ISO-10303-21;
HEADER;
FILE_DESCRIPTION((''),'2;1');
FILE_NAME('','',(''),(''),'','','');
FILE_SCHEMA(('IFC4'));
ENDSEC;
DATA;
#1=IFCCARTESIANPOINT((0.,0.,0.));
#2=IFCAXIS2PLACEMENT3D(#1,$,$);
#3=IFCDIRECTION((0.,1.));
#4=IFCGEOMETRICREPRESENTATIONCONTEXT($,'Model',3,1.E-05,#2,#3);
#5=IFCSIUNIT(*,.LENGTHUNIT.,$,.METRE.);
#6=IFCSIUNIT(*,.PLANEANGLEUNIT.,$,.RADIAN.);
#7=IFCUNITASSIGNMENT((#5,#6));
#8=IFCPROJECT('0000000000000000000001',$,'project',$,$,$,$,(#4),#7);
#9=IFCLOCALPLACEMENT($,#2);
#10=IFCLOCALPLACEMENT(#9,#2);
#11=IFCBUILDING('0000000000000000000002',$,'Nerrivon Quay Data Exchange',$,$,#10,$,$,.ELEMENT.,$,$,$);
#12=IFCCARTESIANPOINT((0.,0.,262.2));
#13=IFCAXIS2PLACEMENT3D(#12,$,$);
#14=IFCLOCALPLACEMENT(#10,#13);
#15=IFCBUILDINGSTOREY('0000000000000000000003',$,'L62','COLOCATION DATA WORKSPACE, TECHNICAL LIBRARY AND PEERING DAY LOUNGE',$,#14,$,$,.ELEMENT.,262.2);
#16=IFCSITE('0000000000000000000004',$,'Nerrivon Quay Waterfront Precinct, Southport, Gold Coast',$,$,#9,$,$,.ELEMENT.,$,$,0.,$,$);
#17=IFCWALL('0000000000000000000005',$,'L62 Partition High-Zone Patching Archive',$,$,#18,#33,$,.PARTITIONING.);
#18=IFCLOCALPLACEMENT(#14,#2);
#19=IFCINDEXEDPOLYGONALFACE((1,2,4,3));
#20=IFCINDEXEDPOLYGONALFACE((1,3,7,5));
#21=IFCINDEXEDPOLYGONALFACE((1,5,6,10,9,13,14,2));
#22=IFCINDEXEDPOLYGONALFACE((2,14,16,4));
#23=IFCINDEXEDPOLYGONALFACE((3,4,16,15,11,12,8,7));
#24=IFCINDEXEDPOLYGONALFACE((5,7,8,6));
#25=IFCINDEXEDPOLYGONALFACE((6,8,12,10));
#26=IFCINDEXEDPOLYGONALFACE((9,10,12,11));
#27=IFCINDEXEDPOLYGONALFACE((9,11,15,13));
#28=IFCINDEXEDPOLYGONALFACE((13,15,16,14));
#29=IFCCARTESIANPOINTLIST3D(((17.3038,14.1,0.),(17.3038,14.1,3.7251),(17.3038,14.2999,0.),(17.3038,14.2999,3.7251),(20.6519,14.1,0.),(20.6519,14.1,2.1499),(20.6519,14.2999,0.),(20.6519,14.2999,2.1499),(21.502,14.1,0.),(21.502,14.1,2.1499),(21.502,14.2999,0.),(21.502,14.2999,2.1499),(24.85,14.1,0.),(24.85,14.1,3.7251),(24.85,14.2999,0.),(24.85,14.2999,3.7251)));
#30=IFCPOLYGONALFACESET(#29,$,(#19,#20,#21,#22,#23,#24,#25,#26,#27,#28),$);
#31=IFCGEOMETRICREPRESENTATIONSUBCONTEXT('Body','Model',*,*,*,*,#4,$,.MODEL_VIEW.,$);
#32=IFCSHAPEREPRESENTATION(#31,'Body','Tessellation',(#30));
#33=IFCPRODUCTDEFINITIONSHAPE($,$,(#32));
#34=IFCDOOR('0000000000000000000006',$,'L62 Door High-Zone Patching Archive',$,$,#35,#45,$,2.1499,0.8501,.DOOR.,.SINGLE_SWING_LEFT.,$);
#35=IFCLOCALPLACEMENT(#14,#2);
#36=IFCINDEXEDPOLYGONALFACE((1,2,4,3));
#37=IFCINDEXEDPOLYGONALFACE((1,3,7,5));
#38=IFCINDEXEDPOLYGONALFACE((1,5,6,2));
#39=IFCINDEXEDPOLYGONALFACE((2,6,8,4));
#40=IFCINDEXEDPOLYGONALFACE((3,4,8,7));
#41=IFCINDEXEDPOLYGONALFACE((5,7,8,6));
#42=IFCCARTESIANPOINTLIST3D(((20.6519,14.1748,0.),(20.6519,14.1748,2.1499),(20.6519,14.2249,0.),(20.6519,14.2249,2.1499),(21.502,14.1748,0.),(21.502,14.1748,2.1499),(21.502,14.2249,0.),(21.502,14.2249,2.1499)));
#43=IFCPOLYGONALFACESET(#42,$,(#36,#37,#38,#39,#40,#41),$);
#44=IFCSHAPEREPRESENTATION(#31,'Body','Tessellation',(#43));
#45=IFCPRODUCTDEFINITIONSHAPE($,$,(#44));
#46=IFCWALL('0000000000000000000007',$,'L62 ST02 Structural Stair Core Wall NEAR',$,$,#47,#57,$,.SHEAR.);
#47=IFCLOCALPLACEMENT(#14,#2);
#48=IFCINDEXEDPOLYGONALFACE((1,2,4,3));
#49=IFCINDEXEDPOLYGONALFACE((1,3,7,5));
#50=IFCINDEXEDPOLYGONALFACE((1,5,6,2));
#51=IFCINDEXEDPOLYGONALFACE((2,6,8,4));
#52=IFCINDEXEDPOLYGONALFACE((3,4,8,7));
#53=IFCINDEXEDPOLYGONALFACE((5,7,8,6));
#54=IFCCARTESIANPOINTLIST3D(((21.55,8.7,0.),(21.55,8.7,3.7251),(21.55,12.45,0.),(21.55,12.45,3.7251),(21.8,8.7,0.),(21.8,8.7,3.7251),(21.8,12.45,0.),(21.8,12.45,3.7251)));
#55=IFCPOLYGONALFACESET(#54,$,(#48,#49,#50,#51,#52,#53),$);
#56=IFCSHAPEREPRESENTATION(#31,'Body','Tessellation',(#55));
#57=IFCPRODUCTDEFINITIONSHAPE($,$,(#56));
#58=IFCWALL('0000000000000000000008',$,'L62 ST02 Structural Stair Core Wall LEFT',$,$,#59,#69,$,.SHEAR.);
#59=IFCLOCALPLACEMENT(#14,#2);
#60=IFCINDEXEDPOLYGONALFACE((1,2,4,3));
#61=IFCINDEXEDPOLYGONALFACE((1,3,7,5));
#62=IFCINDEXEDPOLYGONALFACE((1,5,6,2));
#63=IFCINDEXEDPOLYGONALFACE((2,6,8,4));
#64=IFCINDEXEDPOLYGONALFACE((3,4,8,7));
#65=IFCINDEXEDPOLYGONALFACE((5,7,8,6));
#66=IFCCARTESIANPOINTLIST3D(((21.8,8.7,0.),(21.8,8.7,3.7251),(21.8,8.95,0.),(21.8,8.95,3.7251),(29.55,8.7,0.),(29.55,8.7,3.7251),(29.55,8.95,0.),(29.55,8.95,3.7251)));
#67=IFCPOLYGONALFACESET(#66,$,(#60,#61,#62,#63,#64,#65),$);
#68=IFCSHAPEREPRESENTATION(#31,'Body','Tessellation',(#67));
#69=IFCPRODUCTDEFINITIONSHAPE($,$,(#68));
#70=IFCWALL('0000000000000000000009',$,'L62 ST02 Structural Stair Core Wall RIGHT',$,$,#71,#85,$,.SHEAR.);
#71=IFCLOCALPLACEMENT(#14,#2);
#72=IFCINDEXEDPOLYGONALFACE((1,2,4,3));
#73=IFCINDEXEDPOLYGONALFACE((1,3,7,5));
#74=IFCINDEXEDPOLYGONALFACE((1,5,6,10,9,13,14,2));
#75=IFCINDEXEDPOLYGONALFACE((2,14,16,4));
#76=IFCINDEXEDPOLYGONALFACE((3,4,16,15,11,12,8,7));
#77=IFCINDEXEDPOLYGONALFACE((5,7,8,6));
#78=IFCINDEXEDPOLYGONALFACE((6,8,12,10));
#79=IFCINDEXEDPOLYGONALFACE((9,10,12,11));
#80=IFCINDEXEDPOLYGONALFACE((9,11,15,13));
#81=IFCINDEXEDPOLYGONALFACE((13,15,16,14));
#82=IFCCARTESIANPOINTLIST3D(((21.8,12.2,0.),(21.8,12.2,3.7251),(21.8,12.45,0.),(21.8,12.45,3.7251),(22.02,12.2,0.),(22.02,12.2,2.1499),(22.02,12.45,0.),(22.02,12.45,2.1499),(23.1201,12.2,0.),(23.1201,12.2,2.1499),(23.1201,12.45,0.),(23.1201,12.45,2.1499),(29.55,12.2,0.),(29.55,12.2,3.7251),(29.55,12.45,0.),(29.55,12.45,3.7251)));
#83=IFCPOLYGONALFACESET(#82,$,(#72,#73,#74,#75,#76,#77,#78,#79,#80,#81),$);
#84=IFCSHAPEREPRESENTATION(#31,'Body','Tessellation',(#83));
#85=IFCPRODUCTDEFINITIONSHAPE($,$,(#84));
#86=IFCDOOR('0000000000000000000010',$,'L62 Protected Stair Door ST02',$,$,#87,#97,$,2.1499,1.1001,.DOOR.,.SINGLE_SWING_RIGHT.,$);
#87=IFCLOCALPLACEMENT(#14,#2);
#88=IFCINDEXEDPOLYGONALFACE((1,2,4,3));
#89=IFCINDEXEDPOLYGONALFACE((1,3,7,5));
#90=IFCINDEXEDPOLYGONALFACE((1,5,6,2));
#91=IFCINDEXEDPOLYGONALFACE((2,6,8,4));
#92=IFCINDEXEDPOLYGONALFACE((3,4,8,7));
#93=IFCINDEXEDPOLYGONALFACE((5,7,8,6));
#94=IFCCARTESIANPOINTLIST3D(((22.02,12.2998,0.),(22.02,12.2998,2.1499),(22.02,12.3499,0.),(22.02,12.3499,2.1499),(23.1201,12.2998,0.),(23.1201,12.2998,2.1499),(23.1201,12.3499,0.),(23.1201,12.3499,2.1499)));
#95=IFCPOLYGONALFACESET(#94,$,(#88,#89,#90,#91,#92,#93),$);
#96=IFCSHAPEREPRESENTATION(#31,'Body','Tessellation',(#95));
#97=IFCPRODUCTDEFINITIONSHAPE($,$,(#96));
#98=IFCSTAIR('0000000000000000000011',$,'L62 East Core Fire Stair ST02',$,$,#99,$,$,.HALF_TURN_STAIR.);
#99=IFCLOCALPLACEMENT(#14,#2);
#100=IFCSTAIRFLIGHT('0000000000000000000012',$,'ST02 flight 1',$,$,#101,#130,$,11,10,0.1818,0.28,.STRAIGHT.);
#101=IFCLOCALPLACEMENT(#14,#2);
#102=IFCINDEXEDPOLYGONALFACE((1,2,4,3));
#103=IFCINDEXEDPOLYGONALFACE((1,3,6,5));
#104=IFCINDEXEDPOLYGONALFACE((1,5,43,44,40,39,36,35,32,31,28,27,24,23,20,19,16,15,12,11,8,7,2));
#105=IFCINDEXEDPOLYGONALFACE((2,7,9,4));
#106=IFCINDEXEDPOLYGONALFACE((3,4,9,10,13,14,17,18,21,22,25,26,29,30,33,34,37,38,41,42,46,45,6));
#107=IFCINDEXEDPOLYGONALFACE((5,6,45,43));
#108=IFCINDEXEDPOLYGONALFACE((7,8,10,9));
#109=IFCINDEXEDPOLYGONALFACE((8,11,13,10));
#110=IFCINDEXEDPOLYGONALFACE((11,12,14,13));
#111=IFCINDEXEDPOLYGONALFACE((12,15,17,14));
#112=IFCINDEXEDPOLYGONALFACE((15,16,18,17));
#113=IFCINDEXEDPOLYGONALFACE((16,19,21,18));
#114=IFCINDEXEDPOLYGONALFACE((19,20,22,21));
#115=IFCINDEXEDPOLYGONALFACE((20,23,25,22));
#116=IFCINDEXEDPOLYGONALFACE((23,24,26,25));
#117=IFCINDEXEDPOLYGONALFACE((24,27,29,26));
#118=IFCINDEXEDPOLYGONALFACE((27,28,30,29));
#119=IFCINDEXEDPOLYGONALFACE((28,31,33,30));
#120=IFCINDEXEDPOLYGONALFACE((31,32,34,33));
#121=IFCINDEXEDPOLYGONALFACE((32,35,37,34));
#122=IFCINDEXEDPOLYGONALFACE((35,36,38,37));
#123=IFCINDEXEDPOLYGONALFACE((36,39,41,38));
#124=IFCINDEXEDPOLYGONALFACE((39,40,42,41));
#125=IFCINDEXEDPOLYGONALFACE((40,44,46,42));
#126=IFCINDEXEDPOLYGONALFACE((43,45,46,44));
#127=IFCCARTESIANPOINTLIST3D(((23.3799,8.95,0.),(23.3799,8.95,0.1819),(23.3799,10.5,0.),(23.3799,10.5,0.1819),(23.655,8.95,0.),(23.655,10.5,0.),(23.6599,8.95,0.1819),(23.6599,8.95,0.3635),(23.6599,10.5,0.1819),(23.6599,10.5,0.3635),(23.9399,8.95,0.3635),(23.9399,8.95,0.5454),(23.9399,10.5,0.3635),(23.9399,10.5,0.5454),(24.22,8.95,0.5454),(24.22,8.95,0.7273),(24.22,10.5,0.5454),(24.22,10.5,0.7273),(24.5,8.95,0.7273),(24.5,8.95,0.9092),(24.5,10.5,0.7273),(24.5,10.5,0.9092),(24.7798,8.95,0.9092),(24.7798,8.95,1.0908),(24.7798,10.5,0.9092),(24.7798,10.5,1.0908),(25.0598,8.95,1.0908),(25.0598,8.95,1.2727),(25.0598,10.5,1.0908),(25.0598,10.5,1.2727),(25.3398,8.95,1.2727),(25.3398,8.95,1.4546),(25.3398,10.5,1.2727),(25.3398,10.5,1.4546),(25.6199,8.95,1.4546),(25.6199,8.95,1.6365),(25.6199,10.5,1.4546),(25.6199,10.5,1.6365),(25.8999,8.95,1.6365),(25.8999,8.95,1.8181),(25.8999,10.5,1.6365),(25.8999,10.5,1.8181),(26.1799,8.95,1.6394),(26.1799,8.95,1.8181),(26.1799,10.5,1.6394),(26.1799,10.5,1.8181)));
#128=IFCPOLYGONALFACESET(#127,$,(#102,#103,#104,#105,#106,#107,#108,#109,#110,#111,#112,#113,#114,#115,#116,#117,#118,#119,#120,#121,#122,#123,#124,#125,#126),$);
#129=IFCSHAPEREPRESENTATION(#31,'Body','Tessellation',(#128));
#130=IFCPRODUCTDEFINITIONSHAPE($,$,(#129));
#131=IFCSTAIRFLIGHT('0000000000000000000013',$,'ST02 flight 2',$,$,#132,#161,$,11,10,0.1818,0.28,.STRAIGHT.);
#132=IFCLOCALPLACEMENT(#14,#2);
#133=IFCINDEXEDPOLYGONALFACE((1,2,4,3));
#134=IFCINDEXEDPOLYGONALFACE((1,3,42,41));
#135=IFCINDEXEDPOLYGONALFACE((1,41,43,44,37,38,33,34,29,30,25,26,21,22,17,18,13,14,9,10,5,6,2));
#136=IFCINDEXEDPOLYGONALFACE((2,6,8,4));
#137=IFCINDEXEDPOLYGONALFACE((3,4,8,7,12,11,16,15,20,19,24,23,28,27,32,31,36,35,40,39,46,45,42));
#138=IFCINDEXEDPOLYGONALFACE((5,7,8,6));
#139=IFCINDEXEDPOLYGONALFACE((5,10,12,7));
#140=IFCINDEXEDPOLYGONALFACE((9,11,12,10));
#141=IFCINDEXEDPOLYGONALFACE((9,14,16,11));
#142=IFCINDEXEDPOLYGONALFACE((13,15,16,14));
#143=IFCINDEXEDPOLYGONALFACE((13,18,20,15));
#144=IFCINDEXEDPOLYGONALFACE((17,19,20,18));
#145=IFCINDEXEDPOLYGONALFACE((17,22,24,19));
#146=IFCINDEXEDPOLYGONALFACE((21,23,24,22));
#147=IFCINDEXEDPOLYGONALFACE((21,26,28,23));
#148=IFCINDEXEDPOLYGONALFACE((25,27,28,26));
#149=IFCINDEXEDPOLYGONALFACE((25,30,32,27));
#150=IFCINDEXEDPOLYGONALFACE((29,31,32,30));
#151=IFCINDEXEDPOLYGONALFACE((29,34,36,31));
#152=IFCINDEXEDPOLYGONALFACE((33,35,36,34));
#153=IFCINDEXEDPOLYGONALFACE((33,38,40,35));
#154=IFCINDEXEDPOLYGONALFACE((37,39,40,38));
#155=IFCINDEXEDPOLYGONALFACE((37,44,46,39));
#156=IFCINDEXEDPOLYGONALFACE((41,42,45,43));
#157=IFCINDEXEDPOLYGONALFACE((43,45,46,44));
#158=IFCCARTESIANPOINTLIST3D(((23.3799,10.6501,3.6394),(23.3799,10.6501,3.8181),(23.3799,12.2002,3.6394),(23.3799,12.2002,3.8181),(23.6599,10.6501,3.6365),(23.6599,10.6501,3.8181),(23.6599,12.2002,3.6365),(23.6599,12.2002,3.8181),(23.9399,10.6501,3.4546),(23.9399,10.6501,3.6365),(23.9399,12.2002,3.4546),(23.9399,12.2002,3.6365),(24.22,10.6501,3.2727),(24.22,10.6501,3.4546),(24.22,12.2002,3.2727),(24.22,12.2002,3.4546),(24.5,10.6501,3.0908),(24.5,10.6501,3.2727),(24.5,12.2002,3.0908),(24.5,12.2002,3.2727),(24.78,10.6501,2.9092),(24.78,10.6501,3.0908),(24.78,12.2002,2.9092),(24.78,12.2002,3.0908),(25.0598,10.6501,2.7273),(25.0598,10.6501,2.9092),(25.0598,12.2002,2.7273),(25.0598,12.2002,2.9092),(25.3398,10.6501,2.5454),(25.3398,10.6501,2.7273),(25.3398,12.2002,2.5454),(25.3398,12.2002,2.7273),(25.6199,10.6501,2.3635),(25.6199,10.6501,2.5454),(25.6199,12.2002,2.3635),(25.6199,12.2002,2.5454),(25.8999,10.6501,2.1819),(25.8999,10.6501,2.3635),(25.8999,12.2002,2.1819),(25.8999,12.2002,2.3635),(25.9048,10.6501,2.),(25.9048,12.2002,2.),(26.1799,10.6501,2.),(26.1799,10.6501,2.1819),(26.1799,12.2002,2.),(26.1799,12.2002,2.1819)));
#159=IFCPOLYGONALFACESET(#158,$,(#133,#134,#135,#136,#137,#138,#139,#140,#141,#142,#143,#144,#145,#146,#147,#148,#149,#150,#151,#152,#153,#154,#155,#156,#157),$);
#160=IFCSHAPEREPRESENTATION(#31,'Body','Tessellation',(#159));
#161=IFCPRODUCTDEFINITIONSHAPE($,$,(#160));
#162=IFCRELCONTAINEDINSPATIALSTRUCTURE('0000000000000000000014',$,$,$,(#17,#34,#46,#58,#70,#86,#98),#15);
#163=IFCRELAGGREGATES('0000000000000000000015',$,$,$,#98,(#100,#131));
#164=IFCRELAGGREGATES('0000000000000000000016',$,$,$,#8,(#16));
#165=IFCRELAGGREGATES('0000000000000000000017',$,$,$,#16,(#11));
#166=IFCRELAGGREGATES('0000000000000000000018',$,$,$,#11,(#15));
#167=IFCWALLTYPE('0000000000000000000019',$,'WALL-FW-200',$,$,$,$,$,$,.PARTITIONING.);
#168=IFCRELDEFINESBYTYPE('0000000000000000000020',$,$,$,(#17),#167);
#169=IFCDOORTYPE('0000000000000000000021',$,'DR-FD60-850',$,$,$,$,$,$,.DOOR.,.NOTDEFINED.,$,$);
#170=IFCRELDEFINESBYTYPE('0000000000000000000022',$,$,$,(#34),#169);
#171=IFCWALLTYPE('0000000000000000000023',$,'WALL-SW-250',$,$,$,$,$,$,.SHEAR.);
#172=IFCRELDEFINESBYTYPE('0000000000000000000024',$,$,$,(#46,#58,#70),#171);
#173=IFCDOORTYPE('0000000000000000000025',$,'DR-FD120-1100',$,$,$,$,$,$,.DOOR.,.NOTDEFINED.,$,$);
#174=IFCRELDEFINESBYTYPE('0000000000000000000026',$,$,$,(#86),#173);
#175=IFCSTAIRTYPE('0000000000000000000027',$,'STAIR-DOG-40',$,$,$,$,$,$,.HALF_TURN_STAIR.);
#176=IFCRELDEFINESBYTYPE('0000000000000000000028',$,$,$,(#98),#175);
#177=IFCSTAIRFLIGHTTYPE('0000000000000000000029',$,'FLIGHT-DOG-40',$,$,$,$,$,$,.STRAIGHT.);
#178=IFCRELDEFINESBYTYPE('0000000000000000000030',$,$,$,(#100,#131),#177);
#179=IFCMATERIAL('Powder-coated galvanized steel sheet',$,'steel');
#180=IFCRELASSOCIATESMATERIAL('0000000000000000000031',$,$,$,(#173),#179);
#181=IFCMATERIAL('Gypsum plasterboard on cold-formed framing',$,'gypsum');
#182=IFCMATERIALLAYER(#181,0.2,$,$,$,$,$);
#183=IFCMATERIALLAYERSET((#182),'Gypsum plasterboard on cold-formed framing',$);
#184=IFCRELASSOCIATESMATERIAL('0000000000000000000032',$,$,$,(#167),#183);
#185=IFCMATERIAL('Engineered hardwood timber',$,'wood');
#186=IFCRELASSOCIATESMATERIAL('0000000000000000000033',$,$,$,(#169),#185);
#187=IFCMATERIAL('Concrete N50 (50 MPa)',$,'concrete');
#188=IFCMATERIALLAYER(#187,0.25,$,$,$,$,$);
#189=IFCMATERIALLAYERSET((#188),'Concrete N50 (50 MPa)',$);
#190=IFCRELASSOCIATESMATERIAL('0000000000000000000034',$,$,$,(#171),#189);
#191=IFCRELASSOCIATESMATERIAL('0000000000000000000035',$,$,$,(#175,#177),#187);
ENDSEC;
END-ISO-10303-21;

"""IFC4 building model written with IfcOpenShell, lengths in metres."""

from ifc_helpers import new_model, si_unit, direction, frame, frame_2d, origin, place, context, subcontext, project, spatial, polyline, rectangle, outline, extrude, material, layer, layer_set, type_object, element, fill, aggregate, save


model = new_model("IFC4")

# Units and contexts
model_context = context("Model", 3, precision=1e-05, world=origin(), true_north=direction((0.0, 1.0)))
body_context = subcontext(model_context, "Body", "Model", "MODEL_VIEW")
ifc_project = project(units=[si_unit("LENGTHUNIT", "METRE"), si_unit("PLANEANGLEUNIT", "RADIAN")], contexts=[model_context])

# Site, building, storey
site_placement = place(None, origin())
site = spatial("IfcSite", under=ifc_project, at=site_placement, Name="Nerrivon Quay Waterfront Precinct, Southport, Gold Coast", CompositionType="ELEMENT", RefElevation=0.0)
building_placement = place(site_placement, origin())
building = spatial("IfcBuilding", under=site, at=building_placement, Name="Nerrivon Quay Data Exchange", CompositionType="ELEMENT")
storey_placement = place(building_placement, frame((0.0, 0.0, 262.2)))
storey = spatial("IfcBuildingStorey", under=building, at=storey_placement, Name="L62", Description="COLOCATION DATA WORKSPACE, TECHNICAL LIBRARY AND PEERING DAY LOUNGE", CompositionType="ELEMENT", Elevation=262.2)

# Shared definitions
ifc_material_1 = material(Name="Concrete N50 (50 MPa)", Category="concrete")

# Shared definitions
ifc_material_2 = material(Name="Powder-coated galvanized steel sheet", Category="steel")
door_type_1 = type_object("IfcDoorType", Name="DR-FD120-1100", OperationType="NOTDEFINED", PredefinedType="DOOR", material=ifc_material_2)

# Shared definitions
ifc_material_3 = material(Name="Gypsum plasterboard on cold-formed framing", Category="gypsum")
ifc_layer_1 = layer(ifc_material_3, 0.2)
ifc_layer_set_1 = layer_set([ifc_layer_1], Name="Gypsum plasterboard on cold-formed framing")
wall_type_1 = type_object("IfcWallType", Name="WALL-FW-200", PredefinedType="PARTITIONING", material=ifc_layer_set_1)

# Wall, opening, door
wall_1_placement = place(storey_placement, frame((17.304, 14.2, 0.0), z_axis=(0.0, 0.0, 1.0), x_axis=(1.0, 0.0, 0.0)))
wall_1 = element("IfcWall", 1, at=wall_1_placement, inside=storey, type_object=wall_type_1, Name="L62 Partition High-Zone Patching Archive", PredefinedType="PARTITIONING", context=body_context, shape_type="SweptSolid", body=[
    extrude(rectangle(XDim=7.5461, YDim=0.2, at=frame_2d((3.7729, 0.0))), origin(), (0.0, 0.0, 1.0), 3.7251),
])
opening_1_placement = place(wall_1_placement, frame((3.3479, 0.0, 0.0)))
opening_1 = element("IfcOpeningElement", 2, at=opening_1_placement, cuts=wall_1, PredefinedType="OPENING", context=body_context, shape_type="SweptSolid", body=[
    extrude(rectangle(XDim=0.8501, YDim=2.1499, at=frame_2d((0.425, 1.075))), frame((0.0, 0.1099, 0.0), z_axis=(0.0, -1.0, 0.0), x_axis=(1.0, 0.0, 0.0)), (0.0, 0.0, 1.0), 0.22),
])
ifc_material_4 = material(Name="Engineered hardwood timber", Category="wood")
door_type_2 = type_object("IfcDoorType", Name="DR-FD60-850", OperationType="NOTDEFINED", PredefinedType="DOOR", material=ifc_material_4)
door_1_placement = place(opening_1_placement, origin())
door_1 = element("IfcDoor", 3, at=door_1_placement, inside=storey, type_object=door_type_2, Name="L62 Door High-Zone Patching Archive", OperationType="SINGLE_SWING_LEFT", OverallHeight=2.1499, OverallWidth=0.8501, PredefinedType="DOOR", context=body_context, shape_type="SweptSolid", body=[
    extrude(rectangle(XDim=0.8501, YDim=2.1499, at=frame_2d((0.425, 1.075))), frame((0.0, 0.0249, 0.0), z_axis=(0.0, -1.0, 0.0), x_axis=(1.0, 0.0, 0.0)), (0.0, 0.0, 1.0), 0.05),
])
fill(opening_1, door_1)

# Walls
ifc_layer_2 = layer(ifc_material_1, 0.25)
ifc_layer_set_2 = layer_set([ifc_layer_2], Name="Concrete N50 (50 MPa)")
wall_type_2 = type_object("IfcWallType", Name="WALL-SW-250", PredefinedType="SHEAR", material=ifc_layer_set_2)
wall_2_placement = place(storey_placement, frame((21.675, 8.7, 0.0), z_axis=(0.0, 0.0, 1.0), x_axis=(0.0, 1.0, 0.0)))
element("IfcWall", 4, at=wall_2_placement, inside=storey, type_object=wall_type_2, Name="L62 ST02 Structural Stair Core Wall NEAR", PredefinedType="SHEAR", context=body_context, shape_type="SweptSolid", body=[
    extrude(rectangle(XDim=3.75, YDim=0.25, at=frame_2d((1.875, 0.0))), origin(), (0.0, 0.0, 1.0), 3.7251),
])
wall_3_placement = place(storey_placement, frame((21.8, 8.825, 0.0), z_axis=(0.0, 0.0, 1.0), x_axis=(1.0, 0.0, 0.0)))
element("IfcWall", 5, at=wall_3_placement, inside=storey, type_object=wall_type_2, Name="L62 ST02 Structural Stair Core Wall LEFT", PredefinedType="SHEAR", context=body_context, shape_type="SweptSolid", body=[
    extrude(rectangle(XDim=7.75, YDim=0.25, at=frame_2d((3.875, 0.0))), origin(), (0.0, 0.0, 1.0), 3.7251),
])

# Wall, opening, door
wall_4_placement = place(storey_placement, frame((21.8, 12.325, 0.0), z_axis=(0.0, 0.0, 1.0), x_axis=(1.0, 0.0, 0.0)))
wall_4 = element("IfcWall", 6, at=wall_4_placement, inside=storey, type_object=wall_type_2, Name="L62 ST02 Structural Stair Core Wall RIGHT", PredefinedType="SHEAR", context=body_context, shape_type="SweptSolid", body=[
    extrude(rectangle(XDim=7.75, YDim=0.25, at=frame_2d((3.875, 0.0))), origin(), (0.0, 0.0, 1.0), 3.7251),
])
opening_2_placement = place(wall_4_placement, frame((0.22, 0.0, 0.0)))
opening_2 = element("IfcOpeningElement", 7, at=opening_2_placement, cuts=wall_4, PredefinedType="OPENING", context=body_context, shape_type="SweptSolid", body=[
    extrude(rectangle(XDim=1.1001, YDim=2.1499, at=frame_2d((0.55, 1.075))), frame((0.0, 0.135, 0.0), z_axis=(0.0, -1.0, 0.0), x_axis=(1.0, 0.0, 0.0)), (0.0, 0.0, 1.0), 0.27),
])
door_2_placement = place(opening_2_placement, origin())
door_2 = element("IfcDoor", 8, at=door_2_placement, inside=storey, type_object=door_type_1, Name="L62 Protected Stair Door ST02", OperationType="SINGLE_SWING_RIGHT", OverallHeight=2.1499, OverallWidth=1.1001, PredefinedType="DOOR", context=body_context, shape_type="SweptSolid", body=[
    extrude(rectangle(XDim=1.1001, YDim=2.1499, at=frame_2d((0.55, 1.075))), frame((0.0, 0.0249, 0.0), z_axis=(0.0, -1.0, 0.0), x_axis=(1.0, 0.0, 0.0)), (0.0, 0.0, 1.0), 0.05),
])
fill(opening_2, door_2)

# Stair, stair flights
stair_type = type_object("IfcStairType", Name="STAIR-DOG-40", PredefinedType="HALF_TURN_STAIR", material=ifc_material_1)
stair_placement = place(storey_placement, origin())
stair = element("IfcStair", 9, at=stair_placement, inside=storey, type_object=stair_type, Name="L62 East Core Fire Stair ST02", PredefinedType="HALF_TURN_STAIR")
stair_flight_type = type_object("IfcStairFlightType", Name="FLIGHT-DOG-40", PredefinedType="STRAIGHT", material=ifc_material_1)
stair_flight_1_placement = place(storey_placement, frame((23.3799, 9.7251, 0.0), z_axis=(0.0, 0.0, 1.0), x_axis=(1.0, 0.0, 0.0)))
stair_flight_1 = element("IfcStairFlight", 10, at=stair_flight_1_placement, type_object=stair_flight_type, Name="ST02 flight 1", NumberOfRisers=11, NumberOfTreads=10, PredefinedType="STRAIGHT", RiserHeight=0.1818, TreadLength=0.28, context=body_context, shape_type="SweptSolid", body=[
    extrude(outline(polyline([(0.0, 0.0), (0.0, 0.1819), (0.28, 0.1819), (0.28, 0.3635), (0.5601, 0.3635), (0.5601, 0.5454), (0.8401, 0.5454), (0.8401, 0.7273), (1.1201, 0.7273), (1.1201, 0.9092), (1.3999, 0.9092), (1.3999, 1.0908), (1.6799, 1.0908), (1.6799, 1.2727), (1.96, 1.2727), (1.96, 1.4546), (2.24, 1.4546), (2.24, 1.6365), (2.52, 1.6365), (2.52, 1.8181), (2.8, 1.8181), (2.8, 2.0), (2.8, 1.6394), (0.2751, 0.0), (0.0, 0.0)])), frame((0.0, 0.7749, 0.0), z_axis=(0.0, -1.0, 0.0), x_axis=(1.0, 0.0, 0.0)), (0.0, 0.0, 1.0), 1.55),
])
stair_flight_2_placement = place(storey_placement, frame((26.1799, 11.425, 2.0), z_axis=(0.0, 0.0, 1.0), x_axis=(-1.0, 0.0, 0.0)))
stair_flight_2 = element("IfcStairFlight", 11, at=stair_flight_2_placement, type_object=stair_flight_type, Name="ST02 flight 2", NumberOfRisers=11, NumberOfTreads=10, PredefinedType="STRAIGHT", RiserHeight=0.1818, TreadLength=0.28, context=body_context, shape_type="SweptSolid", body=[
    extrude(outline(polyline([(0.0, 0.0), (0.0, 0.1819), (0.28, 0.1819), (0.28, 0.3635), (0.5601, 0.3635), (0.5601, 0.5454), (0.8401, 0.5454), (0.8401, 0.7273), (1.1201, 0.7273), (1.1201, 0.9092), (1.3999, 0.9092), (1.3999, 1.0908), (1.6799, 1.0908), (1.6799, 1.2727), (1.96, 1.2727), (1.96, 1.4546), (2.24, 1.4546), (2.24, 1.6365), (2.52, 1.6365), (2.52, 1.8181), (2.8, 1.8181), (2.8, 2.0), (2.8, 1.6394), (0.2751, 0.0), (0.0, 0.0)])), frame((0.0, 0.7749, 0.0), z_axis=(0.0, -1.0, 0.0), x_axis=(1.0, 0.0, 0.0)), (0.0, 0.0, 1.0), 1.55),
])
aggregate(stair, [stair_flight_1, stair_flight_2])

save(model, "model.ifc")
